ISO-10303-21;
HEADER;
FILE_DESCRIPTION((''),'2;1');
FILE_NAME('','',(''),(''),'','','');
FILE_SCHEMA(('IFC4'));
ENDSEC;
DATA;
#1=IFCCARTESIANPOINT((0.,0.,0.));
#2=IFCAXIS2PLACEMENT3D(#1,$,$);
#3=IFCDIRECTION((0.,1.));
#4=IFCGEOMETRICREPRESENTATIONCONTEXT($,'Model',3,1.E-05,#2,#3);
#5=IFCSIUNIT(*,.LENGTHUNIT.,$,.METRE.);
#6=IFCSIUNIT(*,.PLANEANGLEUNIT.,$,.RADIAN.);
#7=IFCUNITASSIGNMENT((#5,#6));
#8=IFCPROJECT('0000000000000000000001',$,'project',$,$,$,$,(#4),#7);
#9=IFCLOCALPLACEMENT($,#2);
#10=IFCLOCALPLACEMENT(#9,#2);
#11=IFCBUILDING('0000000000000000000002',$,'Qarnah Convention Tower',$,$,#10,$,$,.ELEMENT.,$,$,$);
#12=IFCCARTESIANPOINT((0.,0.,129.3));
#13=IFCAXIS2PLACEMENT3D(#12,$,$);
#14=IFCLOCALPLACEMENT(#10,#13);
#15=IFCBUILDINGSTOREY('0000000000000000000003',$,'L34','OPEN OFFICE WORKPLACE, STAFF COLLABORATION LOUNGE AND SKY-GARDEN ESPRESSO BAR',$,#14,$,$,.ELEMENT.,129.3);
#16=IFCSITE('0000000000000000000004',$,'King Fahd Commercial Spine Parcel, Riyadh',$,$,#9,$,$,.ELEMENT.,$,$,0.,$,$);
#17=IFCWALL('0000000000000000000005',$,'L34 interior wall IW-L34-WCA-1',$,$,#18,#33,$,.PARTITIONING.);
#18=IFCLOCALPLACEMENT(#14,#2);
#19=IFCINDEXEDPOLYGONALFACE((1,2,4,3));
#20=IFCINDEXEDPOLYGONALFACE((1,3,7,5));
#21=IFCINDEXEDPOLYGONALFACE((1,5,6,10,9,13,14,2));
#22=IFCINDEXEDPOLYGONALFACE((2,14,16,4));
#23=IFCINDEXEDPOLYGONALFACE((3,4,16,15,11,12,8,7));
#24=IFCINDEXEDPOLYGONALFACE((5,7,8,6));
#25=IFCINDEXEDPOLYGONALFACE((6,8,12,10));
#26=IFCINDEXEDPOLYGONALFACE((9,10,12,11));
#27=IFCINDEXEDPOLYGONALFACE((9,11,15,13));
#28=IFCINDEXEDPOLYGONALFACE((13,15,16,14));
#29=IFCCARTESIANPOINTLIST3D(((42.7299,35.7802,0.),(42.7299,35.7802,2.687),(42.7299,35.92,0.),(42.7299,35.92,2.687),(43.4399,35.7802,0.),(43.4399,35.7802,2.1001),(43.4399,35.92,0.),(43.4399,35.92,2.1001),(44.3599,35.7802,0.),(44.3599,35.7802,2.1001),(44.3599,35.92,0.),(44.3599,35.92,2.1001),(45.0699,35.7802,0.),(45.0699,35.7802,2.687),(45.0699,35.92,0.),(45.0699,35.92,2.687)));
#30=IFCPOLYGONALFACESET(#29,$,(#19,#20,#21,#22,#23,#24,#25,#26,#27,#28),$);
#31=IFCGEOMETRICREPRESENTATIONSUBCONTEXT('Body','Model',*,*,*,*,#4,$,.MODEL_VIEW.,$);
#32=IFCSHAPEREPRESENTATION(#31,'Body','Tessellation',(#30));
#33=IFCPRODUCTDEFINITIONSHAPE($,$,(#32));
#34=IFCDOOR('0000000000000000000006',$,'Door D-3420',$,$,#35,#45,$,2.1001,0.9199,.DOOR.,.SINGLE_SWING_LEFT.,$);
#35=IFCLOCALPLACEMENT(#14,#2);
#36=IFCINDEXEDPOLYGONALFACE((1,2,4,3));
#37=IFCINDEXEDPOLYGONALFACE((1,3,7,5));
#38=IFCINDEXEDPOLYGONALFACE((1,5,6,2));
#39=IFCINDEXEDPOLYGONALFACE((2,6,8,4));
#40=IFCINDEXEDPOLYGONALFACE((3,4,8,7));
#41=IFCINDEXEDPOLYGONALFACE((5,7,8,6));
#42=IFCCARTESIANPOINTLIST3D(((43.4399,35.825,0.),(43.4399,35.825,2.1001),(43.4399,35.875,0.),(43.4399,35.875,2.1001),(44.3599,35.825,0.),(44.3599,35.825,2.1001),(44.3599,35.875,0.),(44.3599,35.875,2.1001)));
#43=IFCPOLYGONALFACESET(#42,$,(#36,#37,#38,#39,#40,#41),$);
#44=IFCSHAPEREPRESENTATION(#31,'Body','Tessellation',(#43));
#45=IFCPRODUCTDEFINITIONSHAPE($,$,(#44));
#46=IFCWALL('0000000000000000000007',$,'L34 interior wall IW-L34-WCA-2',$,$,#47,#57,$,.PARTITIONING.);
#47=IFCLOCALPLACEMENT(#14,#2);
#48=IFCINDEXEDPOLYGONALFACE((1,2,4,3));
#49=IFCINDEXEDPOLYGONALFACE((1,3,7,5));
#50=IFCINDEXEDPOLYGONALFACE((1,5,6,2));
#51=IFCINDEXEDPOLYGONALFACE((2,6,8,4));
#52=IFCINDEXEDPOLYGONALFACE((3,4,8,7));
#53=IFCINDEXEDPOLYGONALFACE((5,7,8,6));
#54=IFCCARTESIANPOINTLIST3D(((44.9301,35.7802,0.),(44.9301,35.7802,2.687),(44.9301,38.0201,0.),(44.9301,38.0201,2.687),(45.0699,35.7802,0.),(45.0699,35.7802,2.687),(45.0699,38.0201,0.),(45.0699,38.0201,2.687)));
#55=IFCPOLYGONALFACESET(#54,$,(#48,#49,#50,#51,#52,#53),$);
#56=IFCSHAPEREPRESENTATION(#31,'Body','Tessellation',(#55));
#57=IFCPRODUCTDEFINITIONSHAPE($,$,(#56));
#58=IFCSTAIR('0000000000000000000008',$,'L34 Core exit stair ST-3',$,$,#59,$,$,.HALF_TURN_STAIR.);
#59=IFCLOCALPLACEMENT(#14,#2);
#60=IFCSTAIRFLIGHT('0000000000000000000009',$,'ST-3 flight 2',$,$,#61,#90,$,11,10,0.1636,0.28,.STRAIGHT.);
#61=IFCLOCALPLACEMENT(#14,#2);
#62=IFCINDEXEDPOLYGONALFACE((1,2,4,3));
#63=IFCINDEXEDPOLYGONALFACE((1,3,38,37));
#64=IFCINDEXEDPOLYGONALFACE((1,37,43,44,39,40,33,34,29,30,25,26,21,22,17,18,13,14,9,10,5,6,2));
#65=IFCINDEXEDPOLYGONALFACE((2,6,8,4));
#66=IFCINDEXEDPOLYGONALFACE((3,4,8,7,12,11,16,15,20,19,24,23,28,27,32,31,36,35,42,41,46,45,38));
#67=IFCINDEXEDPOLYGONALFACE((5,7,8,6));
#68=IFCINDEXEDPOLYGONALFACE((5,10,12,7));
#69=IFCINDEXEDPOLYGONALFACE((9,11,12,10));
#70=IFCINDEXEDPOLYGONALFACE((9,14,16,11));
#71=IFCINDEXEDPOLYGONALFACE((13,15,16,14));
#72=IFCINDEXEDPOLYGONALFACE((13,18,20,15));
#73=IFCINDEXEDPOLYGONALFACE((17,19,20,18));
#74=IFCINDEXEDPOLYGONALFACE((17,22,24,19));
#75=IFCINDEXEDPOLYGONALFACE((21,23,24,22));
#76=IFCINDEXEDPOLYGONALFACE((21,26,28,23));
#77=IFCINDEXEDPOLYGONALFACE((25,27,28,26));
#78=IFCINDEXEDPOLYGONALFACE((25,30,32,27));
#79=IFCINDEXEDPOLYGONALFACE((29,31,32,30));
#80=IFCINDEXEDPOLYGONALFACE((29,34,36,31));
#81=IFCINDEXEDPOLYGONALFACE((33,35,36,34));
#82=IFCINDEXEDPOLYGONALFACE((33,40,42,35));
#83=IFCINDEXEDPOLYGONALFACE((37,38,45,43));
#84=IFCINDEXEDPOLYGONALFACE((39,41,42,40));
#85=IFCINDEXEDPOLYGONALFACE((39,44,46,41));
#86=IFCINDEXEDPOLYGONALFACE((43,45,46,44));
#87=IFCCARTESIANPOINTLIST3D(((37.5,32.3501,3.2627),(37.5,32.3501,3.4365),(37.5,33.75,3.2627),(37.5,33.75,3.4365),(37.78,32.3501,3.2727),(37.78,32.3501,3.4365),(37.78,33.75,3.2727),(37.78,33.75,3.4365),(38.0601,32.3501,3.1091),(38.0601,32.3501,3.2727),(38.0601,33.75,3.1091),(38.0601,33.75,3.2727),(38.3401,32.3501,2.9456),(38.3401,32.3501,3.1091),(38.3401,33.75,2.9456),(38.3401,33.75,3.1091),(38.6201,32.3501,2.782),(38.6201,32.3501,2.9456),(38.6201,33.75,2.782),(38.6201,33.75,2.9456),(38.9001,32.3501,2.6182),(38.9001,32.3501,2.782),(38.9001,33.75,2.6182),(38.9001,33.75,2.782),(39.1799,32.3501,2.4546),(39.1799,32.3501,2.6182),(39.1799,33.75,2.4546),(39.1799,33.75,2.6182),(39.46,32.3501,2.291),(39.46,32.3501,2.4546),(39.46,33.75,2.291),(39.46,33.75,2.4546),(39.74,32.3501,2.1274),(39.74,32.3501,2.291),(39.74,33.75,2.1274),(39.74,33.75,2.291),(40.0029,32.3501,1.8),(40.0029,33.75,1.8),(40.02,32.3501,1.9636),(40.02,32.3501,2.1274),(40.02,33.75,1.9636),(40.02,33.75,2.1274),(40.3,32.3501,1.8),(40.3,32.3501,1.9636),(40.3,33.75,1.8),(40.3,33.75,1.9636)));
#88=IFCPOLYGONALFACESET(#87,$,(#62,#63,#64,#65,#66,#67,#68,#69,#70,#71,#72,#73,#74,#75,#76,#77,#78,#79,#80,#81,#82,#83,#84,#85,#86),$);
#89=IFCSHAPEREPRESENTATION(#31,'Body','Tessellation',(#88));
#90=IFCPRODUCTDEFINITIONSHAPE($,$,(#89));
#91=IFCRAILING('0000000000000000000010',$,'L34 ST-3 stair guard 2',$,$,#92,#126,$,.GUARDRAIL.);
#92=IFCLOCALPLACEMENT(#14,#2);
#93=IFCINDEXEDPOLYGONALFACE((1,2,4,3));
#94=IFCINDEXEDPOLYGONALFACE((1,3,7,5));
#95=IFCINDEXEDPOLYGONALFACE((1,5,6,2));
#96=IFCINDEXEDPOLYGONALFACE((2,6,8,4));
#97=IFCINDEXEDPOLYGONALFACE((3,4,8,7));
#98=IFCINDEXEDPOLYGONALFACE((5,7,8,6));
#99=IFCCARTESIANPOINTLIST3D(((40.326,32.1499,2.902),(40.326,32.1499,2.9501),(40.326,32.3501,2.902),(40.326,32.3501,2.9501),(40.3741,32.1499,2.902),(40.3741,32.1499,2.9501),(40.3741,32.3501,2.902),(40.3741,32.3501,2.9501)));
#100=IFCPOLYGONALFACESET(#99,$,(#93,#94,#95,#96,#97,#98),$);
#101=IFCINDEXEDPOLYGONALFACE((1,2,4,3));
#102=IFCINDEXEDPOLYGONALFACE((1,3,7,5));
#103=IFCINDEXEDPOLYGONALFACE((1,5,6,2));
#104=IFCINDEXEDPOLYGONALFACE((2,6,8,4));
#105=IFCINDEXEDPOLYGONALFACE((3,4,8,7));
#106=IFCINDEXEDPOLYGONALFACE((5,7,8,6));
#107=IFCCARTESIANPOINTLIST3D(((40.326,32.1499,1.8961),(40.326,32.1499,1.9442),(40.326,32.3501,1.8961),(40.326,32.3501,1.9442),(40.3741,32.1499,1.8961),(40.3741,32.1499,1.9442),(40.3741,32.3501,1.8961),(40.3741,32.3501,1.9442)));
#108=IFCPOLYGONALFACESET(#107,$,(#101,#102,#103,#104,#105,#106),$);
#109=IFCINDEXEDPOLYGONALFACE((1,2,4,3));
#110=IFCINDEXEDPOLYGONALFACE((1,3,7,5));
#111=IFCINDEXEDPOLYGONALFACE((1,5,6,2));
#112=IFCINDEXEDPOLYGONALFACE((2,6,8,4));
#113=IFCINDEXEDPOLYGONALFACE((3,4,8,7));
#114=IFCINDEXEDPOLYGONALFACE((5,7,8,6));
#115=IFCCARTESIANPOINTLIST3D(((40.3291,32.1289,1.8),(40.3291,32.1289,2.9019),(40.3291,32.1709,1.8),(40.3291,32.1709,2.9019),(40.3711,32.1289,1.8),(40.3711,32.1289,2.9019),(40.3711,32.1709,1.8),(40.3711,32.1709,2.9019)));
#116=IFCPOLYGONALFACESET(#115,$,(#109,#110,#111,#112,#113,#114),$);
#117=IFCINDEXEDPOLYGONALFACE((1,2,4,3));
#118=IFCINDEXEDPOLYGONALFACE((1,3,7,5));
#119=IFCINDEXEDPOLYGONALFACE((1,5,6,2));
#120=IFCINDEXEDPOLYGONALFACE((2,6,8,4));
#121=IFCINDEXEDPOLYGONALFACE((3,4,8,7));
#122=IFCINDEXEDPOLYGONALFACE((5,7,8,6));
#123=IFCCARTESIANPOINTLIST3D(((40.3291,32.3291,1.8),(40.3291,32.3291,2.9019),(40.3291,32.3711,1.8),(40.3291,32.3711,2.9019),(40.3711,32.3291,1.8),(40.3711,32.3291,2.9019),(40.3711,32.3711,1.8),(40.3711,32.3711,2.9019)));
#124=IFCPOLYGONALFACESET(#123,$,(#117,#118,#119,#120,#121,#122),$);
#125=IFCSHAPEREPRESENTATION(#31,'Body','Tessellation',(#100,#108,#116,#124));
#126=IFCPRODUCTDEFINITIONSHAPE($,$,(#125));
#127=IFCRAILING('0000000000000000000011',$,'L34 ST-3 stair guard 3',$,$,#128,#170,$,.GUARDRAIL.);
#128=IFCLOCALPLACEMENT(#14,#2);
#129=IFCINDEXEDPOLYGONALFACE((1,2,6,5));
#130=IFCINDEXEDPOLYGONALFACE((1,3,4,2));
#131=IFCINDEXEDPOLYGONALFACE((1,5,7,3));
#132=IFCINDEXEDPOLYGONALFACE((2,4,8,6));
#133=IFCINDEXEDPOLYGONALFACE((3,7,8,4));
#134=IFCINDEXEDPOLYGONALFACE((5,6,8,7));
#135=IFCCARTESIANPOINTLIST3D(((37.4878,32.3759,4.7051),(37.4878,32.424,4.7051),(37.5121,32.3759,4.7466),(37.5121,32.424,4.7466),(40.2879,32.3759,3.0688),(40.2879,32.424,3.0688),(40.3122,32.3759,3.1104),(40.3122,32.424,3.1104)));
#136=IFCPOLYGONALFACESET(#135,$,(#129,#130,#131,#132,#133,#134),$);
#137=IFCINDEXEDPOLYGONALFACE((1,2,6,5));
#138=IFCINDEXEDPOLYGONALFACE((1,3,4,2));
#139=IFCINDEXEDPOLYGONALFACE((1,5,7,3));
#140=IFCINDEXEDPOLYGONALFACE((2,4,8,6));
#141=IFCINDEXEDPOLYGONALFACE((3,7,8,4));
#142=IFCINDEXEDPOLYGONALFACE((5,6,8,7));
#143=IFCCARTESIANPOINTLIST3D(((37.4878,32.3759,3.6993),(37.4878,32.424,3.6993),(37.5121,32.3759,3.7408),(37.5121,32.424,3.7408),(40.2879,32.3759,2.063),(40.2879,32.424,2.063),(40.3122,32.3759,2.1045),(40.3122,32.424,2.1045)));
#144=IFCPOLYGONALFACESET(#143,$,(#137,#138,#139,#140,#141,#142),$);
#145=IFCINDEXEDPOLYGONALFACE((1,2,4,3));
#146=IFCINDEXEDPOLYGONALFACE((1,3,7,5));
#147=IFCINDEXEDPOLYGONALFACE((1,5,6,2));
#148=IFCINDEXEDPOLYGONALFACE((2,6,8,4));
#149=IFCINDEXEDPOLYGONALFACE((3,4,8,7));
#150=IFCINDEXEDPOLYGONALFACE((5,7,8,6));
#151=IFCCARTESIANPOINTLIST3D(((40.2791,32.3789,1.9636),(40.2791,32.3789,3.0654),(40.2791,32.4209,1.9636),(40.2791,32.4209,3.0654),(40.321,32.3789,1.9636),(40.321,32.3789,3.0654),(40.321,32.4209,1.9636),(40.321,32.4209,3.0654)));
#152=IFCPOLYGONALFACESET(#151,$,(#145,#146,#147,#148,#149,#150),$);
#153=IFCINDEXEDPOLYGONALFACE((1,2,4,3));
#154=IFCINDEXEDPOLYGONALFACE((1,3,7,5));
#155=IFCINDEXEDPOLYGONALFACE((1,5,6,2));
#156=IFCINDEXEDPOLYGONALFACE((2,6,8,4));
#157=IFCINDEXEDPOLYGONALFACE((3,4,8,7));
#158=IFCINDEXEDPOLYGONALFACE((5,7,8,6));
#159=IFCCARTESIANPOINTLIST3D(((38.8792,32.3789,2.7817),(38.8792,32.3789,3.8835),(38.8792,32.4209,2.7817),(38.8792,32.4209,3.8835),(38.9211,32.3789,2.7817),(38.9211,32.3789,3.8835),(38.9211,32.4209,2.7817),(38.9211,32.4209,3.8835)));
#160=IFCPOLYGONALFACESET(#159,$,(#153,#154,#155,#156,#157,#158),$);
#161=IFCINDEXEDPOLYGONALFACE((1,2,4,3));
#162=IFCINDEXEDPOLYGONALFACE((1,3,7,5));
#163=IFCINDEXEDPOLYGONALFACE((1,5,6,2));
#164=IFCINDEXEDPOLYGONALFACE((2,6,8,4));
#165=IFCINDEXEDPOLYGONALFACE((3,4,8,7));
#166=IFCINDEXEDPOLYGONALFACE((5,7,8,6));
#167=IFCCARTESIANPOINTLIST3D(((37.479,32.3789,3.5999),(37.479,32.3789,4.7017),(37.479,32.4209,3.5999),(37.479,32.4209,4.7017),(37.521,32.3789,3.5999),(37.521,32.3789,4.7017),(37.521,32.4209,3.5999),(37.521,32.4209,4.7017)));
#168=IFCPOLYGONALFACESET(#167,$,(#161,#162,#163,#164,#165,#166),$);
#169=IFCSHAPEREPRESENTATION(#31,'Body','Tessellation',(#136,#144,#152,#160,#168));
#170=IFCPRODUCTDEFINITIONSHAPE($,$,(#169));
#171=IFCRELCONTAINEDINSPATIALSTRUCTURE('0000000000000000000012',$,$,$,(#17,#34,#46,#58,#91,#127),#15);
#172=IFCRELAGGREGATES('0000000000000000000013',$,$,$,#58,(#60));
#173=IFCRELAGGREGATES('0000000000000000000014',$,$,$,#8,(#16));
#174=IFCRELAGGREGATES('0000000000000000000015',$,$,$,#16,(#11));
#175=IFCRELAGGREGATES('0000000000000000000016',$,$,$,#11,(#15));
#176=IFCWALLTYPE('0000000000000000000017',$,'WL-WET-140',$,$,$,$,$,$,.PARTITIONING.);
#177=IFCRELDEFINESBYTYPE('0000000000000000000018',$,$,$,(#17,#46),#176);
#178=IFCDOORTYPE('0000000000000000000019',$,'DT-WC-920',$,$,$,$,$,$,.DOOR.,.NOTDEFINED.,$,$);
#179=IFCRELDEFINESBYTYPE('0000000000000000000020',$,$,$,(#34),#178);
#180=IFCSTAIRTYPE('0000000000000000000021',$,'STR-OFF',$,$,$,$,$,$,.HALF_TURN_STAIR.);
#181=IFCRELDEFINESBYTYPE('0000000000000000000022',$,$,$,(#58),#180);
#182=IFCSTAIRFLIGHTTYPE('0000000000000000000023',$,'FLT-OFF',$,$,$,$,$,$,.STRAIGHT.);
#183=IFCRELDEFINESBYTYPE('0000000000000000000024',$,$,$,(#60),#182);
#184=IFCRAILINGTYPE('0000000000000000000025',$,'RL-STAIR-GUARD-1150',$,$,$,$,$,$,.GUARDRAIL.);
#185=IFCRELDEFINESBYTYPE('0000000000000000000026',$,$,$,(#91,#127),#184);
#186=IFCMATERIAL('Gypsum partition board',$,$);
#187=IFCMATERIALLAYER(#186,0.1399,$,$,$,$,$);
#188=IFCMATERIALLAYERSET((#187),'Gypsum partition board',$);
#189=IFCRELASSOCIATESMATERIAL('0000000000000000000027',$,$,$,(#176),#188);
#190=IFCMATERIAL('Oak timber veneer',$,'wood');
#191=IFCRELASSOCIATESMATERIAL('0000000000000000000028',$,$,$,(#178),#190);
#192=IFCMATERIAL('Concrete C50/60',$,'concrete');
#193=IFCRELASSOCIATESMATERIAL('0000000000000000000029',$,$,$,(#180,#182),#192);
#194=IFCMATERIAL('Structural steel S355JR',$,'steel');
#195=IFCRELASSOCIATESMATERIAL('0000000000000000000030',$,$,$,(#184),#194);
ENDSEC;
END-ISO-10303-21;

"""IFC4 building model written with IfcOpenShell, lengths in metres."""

from ifc_helpers import new_model, si_unit, direction, frame, frame_2d, origin, origin_2d, place, context, subcontext, project, spatial, polyline, rectangle, outline, extrude, material, layer, layer_set, type_object, element, fill, aggregate, save


model = new_model("IFC4")

# Units and contexts
model_context = context("Model", 3, precision=1e-05, world=origin(), true_north=direction((0.0, 1.0)))
body_context = subcontext(model_context, "Body", "Model", "MODEL_VIEW")
ifc_project = project(units=[si_unit("LENGTHUNIT", "METRE"), si_unit("PLANEANGLEUNIT", "RADIAN")], contexts=[model_context])

# Site, building, storey
site_placement = place(None, origin())
site = spatial("IfcSite", under=ifc_project, at=site_placement, Name="King Fahd Commercial Spine Parcel, Riyadh", CompositionType="ELEMENT", RefElevation=0.0)
building_placement = place(site_placement, origin())
building = spatial("IfcBuilding", under=site, at=building_placement, Name="Qarnah Convention Tower", CompositionType="ELEMENT")
storey_placement = place(building_placement, frame((0.0, 0.0, 129.3)))
storey = spatial("IfcBuildingStorey", under=building, at=storey_placement, Name="L34", Description="OPEN OFFICE WORKPLACE, STAFF COLLABORATION LOUNGE AND SKY-GARDEN ESPRESSO BAR", CompositionType="ELEMENT", Elevation=129.3)

# Shared definitions
ifc_material_1 = material(Name="Structural steel S355JR", Category="steel")

# Shared definitions
ifc_material_2 = material(Name="Gypsum partition board")

# Shared definitions
ifc_layer_1 = layer(ifc_material_2, 0.1399)
ifc_layer_set_1 = layer_set([ifc_layer_1], Name="Gypsum partition board")
wall_type_1 = type_object("IfcWallType", Name="WL-WET-140", PredefinedType="PARTITIONING", material=ifc_layer_set_1)
ifc_material_3 = material(Name="Oak timber veneer", Category="wood")
door_type_1 = type_object("IfcDoorType", Name="DT-WC-920", OperationType="NOTDEFINED", PredefinedType="DOOR", material=ifc_material_3)

# Wall, opening, door
wall_1_placement = place(storey_placement, frame((42.73, 35.8501, 0.0), z_axis=(0.0, 0.0, 1.0), x_axis=(1.0, 0.0, 0.0)))
wall_1 = element("IfcWall", 1, at=wall_1_placement, inside=storey, type_object=wall_type_1, Name="L34 interior wall IW-L34-WCA-1", PredefinedType="PARTITIONING", context=body_context, shape_type="SweptSolid", body=[
    extrude(rectangle(XDim=2.3401, YDim=0.1399, at=frame_2d((1.1699, 0.0))), origin(), (0.0, 0.0, 1.0), 2.687),
])
opening_1_placement = place(wall_1_placement, frame((0.71, 0.0, 0.0)))
opening_1 = element("IfcOpeningElement", 2, at=opening_1_placement, cuts=wall_1, PredefinedType="OPENING", context=body_context, shape_type="SweptSolid", body=[
    extrude(rectangle(XDim=0.9199, YDim=2.1001, at=frame_2d((0.46, 1.05))), frame((0.0, 0.0798, 0.0), z_axis=(0.0, -1.0, 0.0), x_axis=(1.0, 0.0, 0.0)), (0.0, 0.0, 1.0), 0.1599),
])
door_1_placement = place(opening_1_placement, origin())
door_1 = element("IfcDoor", 3, at=door_1_placement, inside=storey, type_object=door_type_1, Name="Door D-3420", OperationType="SINGLE_SWING_LEFT", OverallHeight=2.1001, OverallWidth=0.9199, PredefinedType="DOOR", context=body_context, shape_type="SweptSolid", body=[
    extrude(rectangle(XDim=0.9199, YDim=2.1001, at=frame_2d((0.46, 1.05))), frame((0.0, 0.0249, 0.0), z_axis=(0.0, -1.0, 0.0), x_axis=(1.0, 0.0, 0.0)), (0.0, 0.0, 1.0), 0.05),
])
fill(opening_1, door_1)

# Wall
wall_2_placement = place(storey_placement, frame((45.0, 35.78, 0.0), z_axis=(0.0, 0.0, 1.0), x_axis=(0.0, 1.0, 0.0)))
element("IfcWall", 4, at=wall_2_placement, inside=storey, type_object=wall_type_1, Name="L34 interior wall IW-L34-WCA-2", PredefinedType="PARTITIONING", context=body_context, shape_type="SweptSolid", body=[
    extrude(rectangle(XDim=2.24, YDim=0.1399, at=frame_2d((1.1201, 0.0))), origin(), (0.0, 0.0, 1.0), 2.687),
])

# Stair, stair flight
ifc_material_4 = material(Name="Concrete C50/60", Category="concrete")
stair_type = type_object("IfcStairType", Name="STR-OFF", PredefinedType="HALF_TURN_STAIR", material=ifc_material_4)
stair_placement = place(storey_placement, origin())
stair = element("IfcStair", 5, at=stair_placement, inside=storey, type_object=stair_type, Name="L34 Core exit stair ST-3", PredefinedType="HALF_TURN_STAIR")
stair_flight_type = type_object("IfcStairFlightType", Name="FLT-OFF", PredefinedType="STRAIGHT", material=ifc_material_4)
stair_flight_placement = place(storey_placement, frame((40.3, 33.05, 1.8), z_axis=(0.0, 0.0, 1.0), x_axis=(-1.0, 0.0, 0.0)))
stair_flight = element("IfcStairFlight", 6, at=stair_flight_placement, type_object=stair_flight_type, Name="ST-3 flight 2", NumberOfRisers=11, NumberOfTreads=10, PredefinedType="STRAIGHT", RiserHeight=0.1636, TreadLength=0.28, context=body_context, shape_type="SweptSolid", body=[
    extrude(outline(polyline([(0.0, 0.0), (0.0, 0.1636), (0.28, 0.1636), (0.28, 0.3274), (0.5601, 0.3274), (0.5601, 0.491), (0.8401, 0.491), (0.8401, 0.6545), (1.1201, 0.6545), (1.1201, 0.8181), (1.3999, 0.8181), (1.3999, 0.9819), (1.6799, 0.9819), (1.6799, 1.1455), (1.96, 1.1455), (1.96, 1.3091), (2.24, 1.3091), (2.24, 1.4727), (2.52, 1.4727), (2.52, 1.6365), (2.8, 1.6365), (2.8, 1.8), (2.8, 1.4626), (0.2971, 0.0), (0.0, 0.0)])), frame((0.0, 0.7, 0.0), z_axis=(0.0, -1.0, 0.0), x_axis=(1.0, 0.0, 0.0)), (0.0, 0.0, 1.0), 1.3999),
])
aggregate(stair, [stair_flight])

# Railings
railing_type_1 = type_object("IfcRailingType", Name="RL-STAIR-GUARD-1150", PredefinedType="GUARDRAIL", material=ifc_material_1)
railing_1_placement = place(storey_placement, frame((40.3501, 32.1499, 1.8)))
element("IfcRailing", 7, at=railing_1_placement, inside=storey, type_object=railing_type_1, Name="L34 ST-3 stair guard 2", PredefinedType="GUARDRAIL", context=body_context, shape_type="SweptSolid", body=[
    extrude(rectangle(XDim=0.0481, YDim=0.0481, at=origin_2d()), frame((0.0, 0.0, 1.126), z_axis=(0.0, 1.0, 0.0), x_axis=(-1.0, 0.0, 0.0)), (0.0, 0.0, 1.0), 0.2002),
    extrude(rectangle(XDim=0.0481, YDim=0.0481, at=origin_2d()), frame((0.0, 0.0, 0.1201), z_axis=(0.0, 1.0, 0.0), x_axis=(-1.0, 0.0, 0.0)), (0.0, 0.0, 1.0), 0.2002),
    extrude(rectangle(XDim=0.042, YDim=0.042, at=origin_2d()), origin(), (0.0, 0.0, 1.0), 1.1018),
    extrude(rectangle(XDim=0.042, YDim=0.042, at=origin_2d()), frame((0.0, 0.2002, 0.0)), (0.0, 0.0, 1.0), 1.1018),
])
railing_2_placement = place(storey_placement, frame((40.3, 32.3999, 1.9636)))
element("IfcRailing", 8, at=railing_2_placement, inside=storey, type_object=railing_type_1, Name="L34 ST-3 stair guard 3", PredefinedType="GUARDRAIL", context=body_context, shape_type="SweptSolid", body=[
    extrude(rectangle(XDim=0.0481, YDim=0.0481, at=origin_2d()), frame((0.0, 0.0, 1.126), z_axis=(-0.863394, 0.0, 0.504531), x_axis=(0.0, -1.0, 0.0)), (0.0, 0.0, 1.0), 3.2432),
    extrude(rectangle(XDim=0.0481, YDim=0.0481, at=origin_2d()), frame((0.0, 0.0, 0.1201), z_axis=(-0.863394, 0.0, 0.504531), x_axis=(0.0, -1.0, 0.0)), (0.0, 0.0, 1.0), 3.2432),
    extrude(rectangle(XDim=0.042, YDim=0.042, at=origin_2d()), origin(), (0.0, 0.0, 1.0), 1.1018),
    extrude(rectangle(XDim=0.042, YDim=0.042, at=origin_2d()), frame((-1.3999, 0.0, 0.8181)), (0.0, 0.0, 1.0), 1.1018),
    extrude(rectangle(XDim=0.042, YDim=0.042, at=origin_2d()), frame((-2.8, 0.0, 1.6362)), (0.0, 0.0, 1.0), 1.1018),
])

save(model, "model.ifc")
